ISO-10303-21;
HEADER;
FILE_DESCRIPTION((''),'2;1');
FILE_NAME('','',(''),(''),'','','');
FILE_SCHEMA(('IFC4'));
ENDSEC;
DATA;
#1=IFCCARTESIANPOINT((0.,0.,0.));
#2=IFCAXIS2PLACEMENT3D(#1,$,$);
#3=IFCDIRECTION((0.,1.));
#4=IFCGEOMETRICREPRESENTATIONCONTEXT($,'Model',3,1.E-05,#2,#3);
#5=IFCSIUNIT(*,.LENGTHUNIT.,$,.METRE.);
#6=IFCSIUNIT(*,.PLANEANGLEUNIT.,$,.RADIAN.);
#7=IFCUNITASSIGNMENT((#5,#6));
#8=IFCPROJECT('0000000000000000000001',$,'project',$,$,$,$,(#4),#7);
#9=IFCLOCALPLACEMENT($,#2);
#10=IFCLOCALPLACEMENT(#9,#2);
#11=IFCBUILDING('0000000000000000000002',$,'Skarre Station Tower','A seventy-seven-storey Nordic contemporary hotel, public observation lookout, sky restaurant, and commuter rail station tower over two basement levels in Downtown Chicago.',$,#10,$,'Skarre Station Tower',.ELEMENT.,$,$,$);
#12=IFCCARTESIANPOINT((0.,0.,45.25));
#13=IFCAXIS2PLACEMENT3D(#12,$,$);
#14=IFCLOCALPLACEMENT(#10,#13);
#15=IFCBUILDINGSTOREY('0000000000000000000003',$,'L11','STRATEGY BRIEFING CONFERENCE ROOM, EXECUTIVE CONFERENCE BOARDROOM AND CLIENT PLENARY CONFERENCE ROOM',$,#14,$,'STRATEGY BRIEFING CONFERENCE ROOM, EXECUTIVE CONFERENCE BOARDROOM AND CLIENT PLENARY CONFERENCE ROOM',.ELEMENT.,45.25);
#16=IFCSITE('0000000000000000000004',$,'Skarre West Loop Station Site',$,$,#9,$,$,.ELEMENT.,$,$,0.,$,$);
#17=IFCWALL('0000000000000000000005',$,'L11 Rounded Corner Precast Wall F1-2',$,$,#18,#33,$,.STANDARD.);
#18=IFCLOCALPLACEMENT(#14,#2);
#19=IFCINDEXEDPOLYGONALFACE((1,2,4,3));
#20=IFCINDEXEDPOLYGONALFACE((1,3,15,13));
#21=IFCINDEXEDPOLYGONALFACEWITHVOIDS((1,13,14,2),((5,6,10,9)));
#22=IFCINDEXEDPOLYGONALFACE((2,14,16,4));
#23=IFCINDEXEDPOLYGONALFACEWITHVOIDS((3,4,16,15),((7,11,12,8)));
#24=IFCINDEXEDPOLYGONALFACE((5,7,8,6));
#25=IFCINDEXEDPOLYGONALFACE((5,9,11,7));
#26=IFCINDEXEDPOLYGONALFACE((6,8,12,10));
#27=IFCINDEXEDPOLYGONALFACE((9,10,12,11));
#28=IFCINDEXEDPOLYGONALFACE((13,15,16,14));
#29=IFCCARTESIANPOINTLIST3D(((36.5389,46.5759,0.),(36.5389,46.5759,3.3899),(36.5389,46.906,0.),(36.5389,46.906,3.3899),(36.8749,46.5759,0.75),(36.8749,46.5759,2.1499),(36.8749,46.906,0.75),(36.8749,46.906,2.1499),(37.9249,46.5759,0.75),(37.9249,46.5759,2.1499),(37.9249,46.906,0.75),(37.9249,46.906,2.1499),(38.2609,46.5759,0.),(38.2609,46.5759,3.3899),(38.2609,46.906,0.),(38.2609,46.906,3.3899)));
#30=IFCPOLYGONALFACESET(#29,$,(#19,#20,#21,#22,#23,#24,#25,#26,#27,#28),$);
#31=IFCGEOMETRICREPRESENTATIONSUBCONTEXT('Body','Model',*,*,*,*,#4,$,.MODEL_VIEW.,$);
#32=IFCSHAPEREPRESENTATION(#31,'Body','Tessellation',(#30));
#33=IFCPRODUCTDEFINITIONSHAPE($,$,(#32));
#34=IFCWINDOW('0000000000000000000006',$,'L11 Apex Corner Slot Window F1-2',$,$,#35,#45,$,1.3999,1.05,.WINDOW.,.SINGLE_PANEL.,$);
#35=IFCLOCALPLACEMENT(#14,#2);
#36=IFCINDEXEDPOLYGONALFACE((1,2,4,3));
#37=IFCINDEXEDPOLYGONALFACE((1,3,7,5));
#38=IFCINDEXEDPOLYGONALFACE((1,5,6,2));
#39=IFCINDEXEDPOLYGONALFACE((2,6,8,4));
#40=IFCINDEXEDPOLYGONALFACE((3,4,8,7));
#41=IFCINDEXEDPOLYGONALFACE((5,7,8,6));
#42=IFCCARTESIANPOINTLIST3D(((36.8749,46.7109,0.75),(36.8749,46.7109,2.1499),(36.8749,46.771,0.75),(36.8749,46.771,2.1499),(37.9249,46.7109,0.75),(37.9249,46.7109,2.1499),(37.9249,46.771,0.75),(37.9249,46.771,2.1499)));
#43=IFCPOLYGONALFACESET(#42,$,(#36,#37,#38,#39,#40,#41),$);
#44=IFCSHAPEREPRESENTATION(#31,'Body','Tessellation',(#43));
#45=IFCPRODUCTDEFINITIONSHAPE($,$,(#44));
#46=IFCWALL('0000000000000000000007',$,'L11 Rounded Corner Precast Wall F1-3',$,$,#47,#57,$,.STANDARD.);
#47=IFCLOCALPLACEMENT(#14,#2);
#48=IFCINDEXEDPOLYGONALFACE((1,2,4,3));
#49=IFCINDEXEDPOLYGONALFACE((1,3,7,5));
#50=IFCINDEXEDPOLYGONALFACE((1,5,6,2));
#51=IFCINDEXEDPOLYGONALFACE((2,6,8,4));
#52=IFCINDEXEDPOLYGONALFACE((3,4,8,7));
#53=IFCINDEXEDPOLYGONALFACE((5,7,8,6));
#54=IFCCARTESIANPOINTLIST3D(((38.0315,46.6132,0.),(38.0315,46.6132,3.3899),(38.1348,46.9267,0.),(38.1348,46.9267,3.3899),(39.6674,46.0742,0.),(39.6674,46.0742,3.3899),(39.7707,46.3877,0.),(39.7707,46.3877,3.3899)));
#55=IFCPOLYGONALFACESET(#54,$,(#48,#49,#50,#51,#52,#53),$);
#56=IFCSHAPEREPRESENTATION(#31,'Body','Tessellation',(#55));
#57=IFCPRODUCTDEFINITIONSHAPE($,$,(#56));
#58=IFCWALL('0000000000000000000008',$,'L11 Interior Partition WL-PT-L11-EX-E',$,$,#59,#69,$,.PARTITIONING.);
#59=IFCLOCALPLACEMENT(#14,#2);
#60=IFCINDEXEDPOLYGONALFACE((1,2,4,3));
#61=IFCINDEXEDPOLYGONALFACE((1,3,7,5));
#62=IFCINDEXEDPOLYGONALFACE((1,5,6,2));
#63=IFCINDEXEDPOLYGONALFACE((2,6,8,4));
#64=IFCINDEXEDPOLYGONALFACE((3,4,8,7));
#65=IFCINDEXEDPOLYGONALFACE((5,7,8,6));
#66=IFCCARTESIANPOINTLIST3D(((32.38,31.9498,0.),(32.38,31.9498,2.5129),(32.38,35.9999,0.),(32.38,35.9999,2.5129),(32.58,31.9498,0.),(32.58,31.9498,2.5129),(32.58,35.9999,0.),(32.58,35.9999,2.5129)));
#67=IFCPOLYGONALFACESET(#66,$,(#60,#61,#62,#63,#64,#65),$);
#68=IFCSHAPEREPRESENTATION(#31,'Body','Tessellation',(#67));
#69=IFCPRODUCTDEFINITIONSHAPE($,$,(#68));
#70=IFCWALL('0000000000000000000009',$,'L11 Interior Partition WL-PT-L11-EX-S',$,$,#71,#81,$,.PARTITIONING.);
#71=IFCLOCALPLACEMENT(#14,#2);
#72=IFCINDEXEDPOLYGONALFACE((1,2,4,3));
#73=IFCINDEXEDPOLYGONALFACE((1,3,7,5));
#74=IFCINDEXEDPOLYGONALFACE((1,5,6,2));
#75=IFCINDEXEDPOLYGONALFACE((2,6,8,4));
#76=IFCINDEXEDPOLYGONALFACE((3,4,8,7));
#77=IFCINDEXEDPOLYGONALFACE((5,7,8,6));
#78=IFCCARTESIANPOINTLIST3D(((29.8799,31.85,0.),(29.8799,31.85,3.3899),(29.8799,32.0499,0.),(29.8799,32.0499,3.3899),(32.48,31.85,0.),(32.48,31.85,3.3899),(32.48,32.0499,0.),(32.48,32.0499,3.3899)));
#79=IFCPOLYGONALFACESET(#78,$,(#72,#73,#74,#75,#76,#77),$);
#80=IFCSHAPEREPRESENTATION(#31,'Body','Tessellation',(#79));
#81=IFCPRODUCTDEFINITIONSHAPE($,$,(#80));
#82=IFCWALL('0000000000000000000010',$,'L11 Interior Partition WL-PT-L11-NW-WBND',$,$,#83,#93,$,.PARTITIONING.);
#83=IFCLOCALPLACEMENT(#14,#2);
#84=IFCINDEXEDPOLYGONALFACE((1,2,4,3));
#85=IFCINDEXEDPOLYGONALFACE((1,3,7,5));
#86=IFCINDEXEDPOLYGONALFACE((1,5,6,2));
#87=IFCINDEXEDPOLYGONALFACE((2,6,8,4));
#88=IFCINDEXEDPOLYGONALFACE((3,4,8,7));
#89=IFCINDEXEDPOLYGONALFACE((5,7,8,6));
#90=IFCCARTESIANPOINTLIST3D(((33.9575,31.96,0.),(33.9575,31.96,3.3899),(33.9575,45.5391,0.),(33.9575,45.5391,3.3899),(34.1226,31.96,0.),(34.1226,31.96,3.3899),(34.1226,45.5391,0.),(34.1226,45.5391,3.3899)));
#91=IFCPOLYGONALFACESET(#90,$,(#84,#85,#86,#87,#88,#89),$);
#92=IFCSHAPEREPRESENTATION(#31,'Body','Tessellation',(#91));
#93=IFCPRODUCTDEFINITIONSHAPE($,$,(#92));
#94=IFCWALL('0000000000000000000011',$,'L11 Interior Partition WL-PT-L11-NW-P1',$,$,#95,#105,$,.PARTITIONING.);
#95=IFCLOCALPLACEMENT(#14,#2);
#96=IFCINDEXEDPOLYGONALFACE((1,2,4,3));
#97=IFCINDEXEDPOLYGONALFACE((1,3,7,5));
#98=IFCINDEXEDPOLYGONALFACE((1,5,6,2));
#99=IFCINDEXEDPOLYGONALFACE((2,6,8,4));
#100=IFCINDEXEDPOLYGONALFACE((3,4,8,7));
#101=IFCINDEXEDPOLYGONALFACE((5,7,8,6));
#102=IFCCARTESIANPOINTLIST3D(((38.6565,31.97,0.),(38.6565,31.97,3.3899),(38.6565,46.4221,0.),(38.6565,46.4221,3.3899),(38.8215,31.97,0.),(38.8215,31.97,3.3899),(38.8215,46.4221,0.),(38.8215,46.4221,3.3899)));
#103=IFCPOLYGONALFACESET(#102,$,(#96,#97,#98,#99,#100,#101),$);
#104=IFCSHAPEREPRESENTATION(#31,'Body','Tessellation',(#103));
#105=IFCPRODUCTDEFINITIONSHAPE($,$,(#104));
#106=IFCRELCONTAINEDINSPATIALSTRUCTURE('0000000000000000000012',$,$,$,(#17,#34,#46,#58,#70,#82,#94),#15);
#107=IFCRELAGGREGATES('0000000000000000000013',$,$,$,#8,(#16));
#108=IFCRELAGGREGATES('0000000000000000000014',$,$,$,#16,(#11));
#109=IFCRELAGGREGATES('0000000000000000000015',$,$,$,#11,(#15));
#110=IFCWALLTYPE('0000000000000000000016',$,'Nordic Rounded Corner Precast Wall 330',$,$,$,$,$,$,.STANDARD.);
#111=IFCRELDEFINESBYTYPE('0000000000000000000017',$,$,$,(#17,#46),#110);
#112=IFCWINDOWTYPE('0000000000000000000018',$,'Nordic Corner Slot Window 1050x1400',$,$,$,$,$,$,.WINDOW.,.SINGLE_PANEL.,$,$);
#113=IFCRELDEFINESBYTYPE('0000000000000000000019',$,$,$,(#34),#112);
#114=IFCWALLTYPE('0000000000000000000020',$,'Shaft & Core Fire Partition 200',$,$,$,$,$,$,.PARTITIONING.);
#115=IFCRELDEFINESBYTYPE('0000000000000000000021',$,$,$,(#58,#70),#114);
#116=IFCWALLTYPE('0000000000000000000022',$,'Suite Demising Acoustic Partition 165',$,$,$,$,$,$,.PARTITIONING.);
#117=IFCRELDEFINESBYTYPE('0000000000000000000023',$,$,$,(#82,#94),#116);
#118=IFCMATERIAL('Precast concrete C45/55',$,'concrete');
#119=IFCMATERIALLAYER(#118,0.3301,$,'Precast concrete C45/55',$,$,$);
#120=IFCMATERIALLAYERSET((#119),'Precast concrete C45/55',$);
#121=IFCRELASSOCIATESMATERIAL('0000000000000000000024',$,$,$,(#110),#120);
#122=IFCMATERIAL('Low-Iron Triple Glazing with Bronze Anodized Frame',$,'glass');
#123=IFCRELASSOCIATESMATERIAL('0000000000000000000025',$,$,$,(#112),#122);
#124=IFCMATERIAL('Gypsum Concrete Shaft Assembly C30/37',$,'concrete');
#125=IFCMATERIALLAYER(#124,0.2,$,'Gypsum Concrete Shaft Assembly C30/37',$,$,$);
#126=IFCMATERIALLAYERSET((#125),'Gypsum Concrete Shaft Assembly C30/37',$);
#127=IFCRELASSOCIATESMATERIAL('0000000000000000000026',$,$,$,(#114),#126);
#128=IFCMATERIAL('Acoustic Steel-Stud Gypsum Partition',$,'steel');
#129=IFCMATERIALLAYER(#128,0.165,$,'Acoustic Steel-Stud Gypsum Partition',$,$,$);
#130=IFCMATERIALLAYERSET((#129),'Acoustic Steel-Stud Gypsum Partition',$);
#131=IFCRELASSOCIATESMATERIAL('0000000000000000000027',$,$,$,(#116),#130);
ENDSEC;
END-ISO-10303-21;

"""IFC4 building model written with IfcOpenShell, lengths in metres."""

from ifc_helpers import new_model, si_unit, direction, frame, frame_2d, origin, place, context, subcontext, project, spatial, rectangle, extrude, material, layer, layer_set, type_object, element, fill, save


model = new_model("IFC4")

# Units and contexts
model_context = context("Model", 3, precision=1e-05, world=origin(), true_north=direction((0.0, 1.0)))
body_context = subcontext(model_context, "Body", "Model", "MODEL_VIEW")
ifc_project = project(units=[si_unit("LENGTHUNIT", "METRE"), si_unit("PLANEANGLEUNIT", "RADIAN")], contexts=[model_context])

# Site, building, storey
site_placement = place(None, origin())
site = spatial("IfcSite", under=ifc_project, at=site_placement, Name="Skarre West Loop Station Site", CompositionType="ELEMENT", RefElevation=0.0)
building_placement = place(site_placement, origin())
building = spatial("IfcBuilding", under=site, at=building_placement, Name="Skarre Station Tower", Description="A seventy-seven-storey Nordic contemporary hotel, public observation lookout, sky restaurant, and commuter rail station tower over two basement levels in Downtown Chicago.", LongName="Skarre Station Tower", CompositionType="ELEMENT")
storey_placement = place(building_placement, frame((0.0, 0.0, 45.25)))
storey = spatial("IfcBuildingStorey", under=building, at=storey_placement, Name="L11", Description="STRATEGY BRIEFING CONFERENCE ROOM, EXECUTIVE CONFERENCE BOARDROOM AND CLIENT PLENARY CONFERENCE ROOM", LongName="STRATEGY BRIEFING CONFERENCE ROOM, EXECUTIVE CONFERENCE BOARDROOM AND CLIENT PLENARY CONFERENCE ROOM", CompositionType="ELEMENT", Elevation=45.25)

# Shared definitions
ifc_material_1 = material(Name="Acoustic Steel-Stud Gypsum Partition", Category="steel")

# Shared definitions
ifc_material_2 = material(Name="Precast concrete C45/55", Category="concrete")
ifc_material_3 = material(Name="Low-Iron Triple Glazing with Bronze Anodized Frame", Category="glass")

# Shared definitions
ifc_layer_1 = layer(ifc_material_2, 0.3301, Name="Precast concrete C45/55")
ifc_layer_set_1 = layer_set([ifc_layer_1], Name="Precast concrete C45/55")
wall_type_1 = type_object("IfcWallType", Name="Nordic Rounded Corner Precast Wall 330", PredefinedType="STANDARD", material=ifc_layer_set_1)

# Wall, opening, window
wall_1_placement = place(storey_placement, frame((36.5391, 46.741, 0.0), z_axis=(0.0, 0.0, 1.0), x_axis=(1.0, 0.0, 0.0)))
wall_1 = element("IfcWall", 1, at=wall_1_placement, inside=storey, type_object=wall_type_1, Name="L11 Rounded Corner Precast Wall F1-2", PredefinedType="STANDARD", context=body_context, shape_type="SweptSolid", body=[
    extrude(rectangle(XDim=1.7219, YDim=0.3301, at=frame_2d((0.8608, 0.0))), origin(), (0.0, 0.0, 1.0), 3.3899),
])
opening_1_placement = place(wall_1_placement, frame((0.3359, 0.0, 0.75)))
opening_1 = element("IfcOpeningElement", 2, at=opening_1_placement, cuts=wall_1, PredefinedType="OPENING", context=body_context, shape_type="SweptSolid", body=[
    extrude(rectangle(XDim=1.05, YDim=1.3999, at=frame_2d((0.5249, 0.7))), frame((0.0, 0.175, 0.0), z_axis=(0.0, -1.0, 0.0), x_axis=(1.0, 0.0, 0.0)), (0.0, 0.0, 1.0), 0.3501),
])
window_type_1 = type_object("IfcWindowType", Name="Nordic Corner Slot Window 1050x1400", PartitioningType="SINGLE_PANEL", PredefinedType="WINDOW", material=ifc_material_3)
window_1_placement = place(opening_1_placement, origin())
window_1 = element("IfcWindow", 3, at=window_1_placement, inside=storey, type_object=window_type_1, Name="L11 Apex Corner Slot Window F1-2", OverallHeight=1.3999, OverallWidth=1.05, PartitioningType="SINGLE_PANEL", PredefinedType="WINDOW", context=body_context, shape_type="SweptSolid", body=[
    extrude(rectangle(XDim=1.05, YDim=1.3999, at=frame_2d((0.5249, 0.7))), frame((0.0, 0.03, 0.0), z_axis=(0.0, -1.0, 0.0), x_axis=(1.0, 0.0, 0.0)), (0.0, 0.0, 1.0), 0.0601),
])
fill(opening_1, window_1)

# Walls
wall_2_placement = place(storey_placement, frame((38.083, 46.77, 0.0), z_axis=(0.0, 0.0, 1.0), x_axis=(0.949769, -0.312952, 0.0)))
element("IfcWall", 4, at=wall_2_placement, inside=storey, type_object=wall_type_1, Name="L11 Rounded Corner Precast Wall F1-3", PredefinedType="STANDARD", context=body_context, shape_type="SweptSolid", body=[
    extrude(rectangle(XDim=1.7224, YDim=0.3301, at=frame_2d((0.8613, 0.0))), origin(), (0.0, 0.0, 1.0), 3.3899),
])
ifc_material_4 = material(Name="Gypsum Concrete Shaft Assembly C30/37", Category="concrete")
ifc_layer_2 = layer(ifc_material_4, 0.2, Name="Gypsum Concrete Shaft Assembly C30/37")
ifc_layer_set_2 = layer_set([ifc_layer_2], Name="Gypsum Concrete Shaft Assembly C30/37")
wall_type_2 = type_object("IfcWallType", Name="Shaft & Core Fire Partition 200", PredefinedType="PARTITIONING", material=ifc_layer_set_2)
wall_3_placement = place(storey_placement, frame((32.48, 31.95, 0.0), z_axis=(0.0, 0.0, 1.0), x_axis=(0.0, 1.0, 0.0)))
element("IfcWall", 5, at=wall_3_placement, inside=storey, type_object=wall_type_2, Name="L11 Interior Partition WL-PT-L11-EX-E", PredefinedType="PARTITIONING", context=body_context, shape_type="SweptSolid", body=[
    extrude(rectangle(XDim=4.05, YDim=0.2, at=frame_2d((2.0249, 0.0))), origin(), (0.0, 0.0, 1.0), 2.5129),
])
wall_4_placement = place(storey_placement, frame((32.48, 31.95, 0.0), z_axis=(0.0, 0.0, 1.0), x_axis=(-1.0, 0.0, 0.0)))
element("IfcWall", 6, at=wall_4_placement, inside=storey, type_object=wall_type_2, Name="L11 Interior Partition WL-PT-L11-EX-S", PredefinedType="PARTITIONING", context=body_context, shape_type="SweptSolid", body=[
    extrude(rectangle(XDim=2.6001, YDim=0.2, at=frame_2d((1.3, 0.0))), origin(), (0.0, 0.0, 1.0), 3.3899),
])
ifc_layer_3 = layer(ifc_material_1, 0.165, Name="Acoustic Steel-Stud Gypsum Partition")
ifc_layer_set_3 = layer_set([ifc_layer_3], Name="Acoustic Steel-Stud Gypsum Partition")
wall_type_3 = type_object("IfcWallType", Name="Suite Demising Acoustic Partition 165", PredefinedType="PARTITIONING", material=ifc_layer_set_3)
wall_5_placement = place(storey_placement, frame((34.04, 31.96, 0.0), z_axis=(0.0, 0.0, 1.0), x_axis=(0.0, 1.0, 0.0)))
element("IfcWall", 7, at=wall_5_placement, inside=storey, type_object=wall_type_3, Name="L11 Interior Partition WL-PT-L11-NW-WBND", PredefinedType="PARTITIONING", context=body_context, shape_type="SweptSolid", body=[
    extrude(rectangle(XDim=13.5791, YDim=0.165, at=frame_2d((6.7896, 0.0))), origin(), (0.0, 0.0, 1.0), 3.3899),
])
wall_6_placement = place(storey_placement, frame((38.739, 31.97, 0.0), z_axis=(0.0, 0.0, 1.0), x_axis=(0.0, 1.0, 0.0)))
element("IfcWall", 8, at=wall_6_placement, inside=storey, type_object=wall_type_3, Name="L11 Interior Partition WL-PT-L11-NW-P1", PredefinedType="PARTITIONING", context=body_context, shape_type="SweptSolid", body=[
    extrude(rectangle(XDim=14.4521, YDim=0.165, at=frame_2d((7.2261, 0.0))), origin(), (0.0, 0.0, 1.0), 3.3899),
])

save(model, "model.ifc")
